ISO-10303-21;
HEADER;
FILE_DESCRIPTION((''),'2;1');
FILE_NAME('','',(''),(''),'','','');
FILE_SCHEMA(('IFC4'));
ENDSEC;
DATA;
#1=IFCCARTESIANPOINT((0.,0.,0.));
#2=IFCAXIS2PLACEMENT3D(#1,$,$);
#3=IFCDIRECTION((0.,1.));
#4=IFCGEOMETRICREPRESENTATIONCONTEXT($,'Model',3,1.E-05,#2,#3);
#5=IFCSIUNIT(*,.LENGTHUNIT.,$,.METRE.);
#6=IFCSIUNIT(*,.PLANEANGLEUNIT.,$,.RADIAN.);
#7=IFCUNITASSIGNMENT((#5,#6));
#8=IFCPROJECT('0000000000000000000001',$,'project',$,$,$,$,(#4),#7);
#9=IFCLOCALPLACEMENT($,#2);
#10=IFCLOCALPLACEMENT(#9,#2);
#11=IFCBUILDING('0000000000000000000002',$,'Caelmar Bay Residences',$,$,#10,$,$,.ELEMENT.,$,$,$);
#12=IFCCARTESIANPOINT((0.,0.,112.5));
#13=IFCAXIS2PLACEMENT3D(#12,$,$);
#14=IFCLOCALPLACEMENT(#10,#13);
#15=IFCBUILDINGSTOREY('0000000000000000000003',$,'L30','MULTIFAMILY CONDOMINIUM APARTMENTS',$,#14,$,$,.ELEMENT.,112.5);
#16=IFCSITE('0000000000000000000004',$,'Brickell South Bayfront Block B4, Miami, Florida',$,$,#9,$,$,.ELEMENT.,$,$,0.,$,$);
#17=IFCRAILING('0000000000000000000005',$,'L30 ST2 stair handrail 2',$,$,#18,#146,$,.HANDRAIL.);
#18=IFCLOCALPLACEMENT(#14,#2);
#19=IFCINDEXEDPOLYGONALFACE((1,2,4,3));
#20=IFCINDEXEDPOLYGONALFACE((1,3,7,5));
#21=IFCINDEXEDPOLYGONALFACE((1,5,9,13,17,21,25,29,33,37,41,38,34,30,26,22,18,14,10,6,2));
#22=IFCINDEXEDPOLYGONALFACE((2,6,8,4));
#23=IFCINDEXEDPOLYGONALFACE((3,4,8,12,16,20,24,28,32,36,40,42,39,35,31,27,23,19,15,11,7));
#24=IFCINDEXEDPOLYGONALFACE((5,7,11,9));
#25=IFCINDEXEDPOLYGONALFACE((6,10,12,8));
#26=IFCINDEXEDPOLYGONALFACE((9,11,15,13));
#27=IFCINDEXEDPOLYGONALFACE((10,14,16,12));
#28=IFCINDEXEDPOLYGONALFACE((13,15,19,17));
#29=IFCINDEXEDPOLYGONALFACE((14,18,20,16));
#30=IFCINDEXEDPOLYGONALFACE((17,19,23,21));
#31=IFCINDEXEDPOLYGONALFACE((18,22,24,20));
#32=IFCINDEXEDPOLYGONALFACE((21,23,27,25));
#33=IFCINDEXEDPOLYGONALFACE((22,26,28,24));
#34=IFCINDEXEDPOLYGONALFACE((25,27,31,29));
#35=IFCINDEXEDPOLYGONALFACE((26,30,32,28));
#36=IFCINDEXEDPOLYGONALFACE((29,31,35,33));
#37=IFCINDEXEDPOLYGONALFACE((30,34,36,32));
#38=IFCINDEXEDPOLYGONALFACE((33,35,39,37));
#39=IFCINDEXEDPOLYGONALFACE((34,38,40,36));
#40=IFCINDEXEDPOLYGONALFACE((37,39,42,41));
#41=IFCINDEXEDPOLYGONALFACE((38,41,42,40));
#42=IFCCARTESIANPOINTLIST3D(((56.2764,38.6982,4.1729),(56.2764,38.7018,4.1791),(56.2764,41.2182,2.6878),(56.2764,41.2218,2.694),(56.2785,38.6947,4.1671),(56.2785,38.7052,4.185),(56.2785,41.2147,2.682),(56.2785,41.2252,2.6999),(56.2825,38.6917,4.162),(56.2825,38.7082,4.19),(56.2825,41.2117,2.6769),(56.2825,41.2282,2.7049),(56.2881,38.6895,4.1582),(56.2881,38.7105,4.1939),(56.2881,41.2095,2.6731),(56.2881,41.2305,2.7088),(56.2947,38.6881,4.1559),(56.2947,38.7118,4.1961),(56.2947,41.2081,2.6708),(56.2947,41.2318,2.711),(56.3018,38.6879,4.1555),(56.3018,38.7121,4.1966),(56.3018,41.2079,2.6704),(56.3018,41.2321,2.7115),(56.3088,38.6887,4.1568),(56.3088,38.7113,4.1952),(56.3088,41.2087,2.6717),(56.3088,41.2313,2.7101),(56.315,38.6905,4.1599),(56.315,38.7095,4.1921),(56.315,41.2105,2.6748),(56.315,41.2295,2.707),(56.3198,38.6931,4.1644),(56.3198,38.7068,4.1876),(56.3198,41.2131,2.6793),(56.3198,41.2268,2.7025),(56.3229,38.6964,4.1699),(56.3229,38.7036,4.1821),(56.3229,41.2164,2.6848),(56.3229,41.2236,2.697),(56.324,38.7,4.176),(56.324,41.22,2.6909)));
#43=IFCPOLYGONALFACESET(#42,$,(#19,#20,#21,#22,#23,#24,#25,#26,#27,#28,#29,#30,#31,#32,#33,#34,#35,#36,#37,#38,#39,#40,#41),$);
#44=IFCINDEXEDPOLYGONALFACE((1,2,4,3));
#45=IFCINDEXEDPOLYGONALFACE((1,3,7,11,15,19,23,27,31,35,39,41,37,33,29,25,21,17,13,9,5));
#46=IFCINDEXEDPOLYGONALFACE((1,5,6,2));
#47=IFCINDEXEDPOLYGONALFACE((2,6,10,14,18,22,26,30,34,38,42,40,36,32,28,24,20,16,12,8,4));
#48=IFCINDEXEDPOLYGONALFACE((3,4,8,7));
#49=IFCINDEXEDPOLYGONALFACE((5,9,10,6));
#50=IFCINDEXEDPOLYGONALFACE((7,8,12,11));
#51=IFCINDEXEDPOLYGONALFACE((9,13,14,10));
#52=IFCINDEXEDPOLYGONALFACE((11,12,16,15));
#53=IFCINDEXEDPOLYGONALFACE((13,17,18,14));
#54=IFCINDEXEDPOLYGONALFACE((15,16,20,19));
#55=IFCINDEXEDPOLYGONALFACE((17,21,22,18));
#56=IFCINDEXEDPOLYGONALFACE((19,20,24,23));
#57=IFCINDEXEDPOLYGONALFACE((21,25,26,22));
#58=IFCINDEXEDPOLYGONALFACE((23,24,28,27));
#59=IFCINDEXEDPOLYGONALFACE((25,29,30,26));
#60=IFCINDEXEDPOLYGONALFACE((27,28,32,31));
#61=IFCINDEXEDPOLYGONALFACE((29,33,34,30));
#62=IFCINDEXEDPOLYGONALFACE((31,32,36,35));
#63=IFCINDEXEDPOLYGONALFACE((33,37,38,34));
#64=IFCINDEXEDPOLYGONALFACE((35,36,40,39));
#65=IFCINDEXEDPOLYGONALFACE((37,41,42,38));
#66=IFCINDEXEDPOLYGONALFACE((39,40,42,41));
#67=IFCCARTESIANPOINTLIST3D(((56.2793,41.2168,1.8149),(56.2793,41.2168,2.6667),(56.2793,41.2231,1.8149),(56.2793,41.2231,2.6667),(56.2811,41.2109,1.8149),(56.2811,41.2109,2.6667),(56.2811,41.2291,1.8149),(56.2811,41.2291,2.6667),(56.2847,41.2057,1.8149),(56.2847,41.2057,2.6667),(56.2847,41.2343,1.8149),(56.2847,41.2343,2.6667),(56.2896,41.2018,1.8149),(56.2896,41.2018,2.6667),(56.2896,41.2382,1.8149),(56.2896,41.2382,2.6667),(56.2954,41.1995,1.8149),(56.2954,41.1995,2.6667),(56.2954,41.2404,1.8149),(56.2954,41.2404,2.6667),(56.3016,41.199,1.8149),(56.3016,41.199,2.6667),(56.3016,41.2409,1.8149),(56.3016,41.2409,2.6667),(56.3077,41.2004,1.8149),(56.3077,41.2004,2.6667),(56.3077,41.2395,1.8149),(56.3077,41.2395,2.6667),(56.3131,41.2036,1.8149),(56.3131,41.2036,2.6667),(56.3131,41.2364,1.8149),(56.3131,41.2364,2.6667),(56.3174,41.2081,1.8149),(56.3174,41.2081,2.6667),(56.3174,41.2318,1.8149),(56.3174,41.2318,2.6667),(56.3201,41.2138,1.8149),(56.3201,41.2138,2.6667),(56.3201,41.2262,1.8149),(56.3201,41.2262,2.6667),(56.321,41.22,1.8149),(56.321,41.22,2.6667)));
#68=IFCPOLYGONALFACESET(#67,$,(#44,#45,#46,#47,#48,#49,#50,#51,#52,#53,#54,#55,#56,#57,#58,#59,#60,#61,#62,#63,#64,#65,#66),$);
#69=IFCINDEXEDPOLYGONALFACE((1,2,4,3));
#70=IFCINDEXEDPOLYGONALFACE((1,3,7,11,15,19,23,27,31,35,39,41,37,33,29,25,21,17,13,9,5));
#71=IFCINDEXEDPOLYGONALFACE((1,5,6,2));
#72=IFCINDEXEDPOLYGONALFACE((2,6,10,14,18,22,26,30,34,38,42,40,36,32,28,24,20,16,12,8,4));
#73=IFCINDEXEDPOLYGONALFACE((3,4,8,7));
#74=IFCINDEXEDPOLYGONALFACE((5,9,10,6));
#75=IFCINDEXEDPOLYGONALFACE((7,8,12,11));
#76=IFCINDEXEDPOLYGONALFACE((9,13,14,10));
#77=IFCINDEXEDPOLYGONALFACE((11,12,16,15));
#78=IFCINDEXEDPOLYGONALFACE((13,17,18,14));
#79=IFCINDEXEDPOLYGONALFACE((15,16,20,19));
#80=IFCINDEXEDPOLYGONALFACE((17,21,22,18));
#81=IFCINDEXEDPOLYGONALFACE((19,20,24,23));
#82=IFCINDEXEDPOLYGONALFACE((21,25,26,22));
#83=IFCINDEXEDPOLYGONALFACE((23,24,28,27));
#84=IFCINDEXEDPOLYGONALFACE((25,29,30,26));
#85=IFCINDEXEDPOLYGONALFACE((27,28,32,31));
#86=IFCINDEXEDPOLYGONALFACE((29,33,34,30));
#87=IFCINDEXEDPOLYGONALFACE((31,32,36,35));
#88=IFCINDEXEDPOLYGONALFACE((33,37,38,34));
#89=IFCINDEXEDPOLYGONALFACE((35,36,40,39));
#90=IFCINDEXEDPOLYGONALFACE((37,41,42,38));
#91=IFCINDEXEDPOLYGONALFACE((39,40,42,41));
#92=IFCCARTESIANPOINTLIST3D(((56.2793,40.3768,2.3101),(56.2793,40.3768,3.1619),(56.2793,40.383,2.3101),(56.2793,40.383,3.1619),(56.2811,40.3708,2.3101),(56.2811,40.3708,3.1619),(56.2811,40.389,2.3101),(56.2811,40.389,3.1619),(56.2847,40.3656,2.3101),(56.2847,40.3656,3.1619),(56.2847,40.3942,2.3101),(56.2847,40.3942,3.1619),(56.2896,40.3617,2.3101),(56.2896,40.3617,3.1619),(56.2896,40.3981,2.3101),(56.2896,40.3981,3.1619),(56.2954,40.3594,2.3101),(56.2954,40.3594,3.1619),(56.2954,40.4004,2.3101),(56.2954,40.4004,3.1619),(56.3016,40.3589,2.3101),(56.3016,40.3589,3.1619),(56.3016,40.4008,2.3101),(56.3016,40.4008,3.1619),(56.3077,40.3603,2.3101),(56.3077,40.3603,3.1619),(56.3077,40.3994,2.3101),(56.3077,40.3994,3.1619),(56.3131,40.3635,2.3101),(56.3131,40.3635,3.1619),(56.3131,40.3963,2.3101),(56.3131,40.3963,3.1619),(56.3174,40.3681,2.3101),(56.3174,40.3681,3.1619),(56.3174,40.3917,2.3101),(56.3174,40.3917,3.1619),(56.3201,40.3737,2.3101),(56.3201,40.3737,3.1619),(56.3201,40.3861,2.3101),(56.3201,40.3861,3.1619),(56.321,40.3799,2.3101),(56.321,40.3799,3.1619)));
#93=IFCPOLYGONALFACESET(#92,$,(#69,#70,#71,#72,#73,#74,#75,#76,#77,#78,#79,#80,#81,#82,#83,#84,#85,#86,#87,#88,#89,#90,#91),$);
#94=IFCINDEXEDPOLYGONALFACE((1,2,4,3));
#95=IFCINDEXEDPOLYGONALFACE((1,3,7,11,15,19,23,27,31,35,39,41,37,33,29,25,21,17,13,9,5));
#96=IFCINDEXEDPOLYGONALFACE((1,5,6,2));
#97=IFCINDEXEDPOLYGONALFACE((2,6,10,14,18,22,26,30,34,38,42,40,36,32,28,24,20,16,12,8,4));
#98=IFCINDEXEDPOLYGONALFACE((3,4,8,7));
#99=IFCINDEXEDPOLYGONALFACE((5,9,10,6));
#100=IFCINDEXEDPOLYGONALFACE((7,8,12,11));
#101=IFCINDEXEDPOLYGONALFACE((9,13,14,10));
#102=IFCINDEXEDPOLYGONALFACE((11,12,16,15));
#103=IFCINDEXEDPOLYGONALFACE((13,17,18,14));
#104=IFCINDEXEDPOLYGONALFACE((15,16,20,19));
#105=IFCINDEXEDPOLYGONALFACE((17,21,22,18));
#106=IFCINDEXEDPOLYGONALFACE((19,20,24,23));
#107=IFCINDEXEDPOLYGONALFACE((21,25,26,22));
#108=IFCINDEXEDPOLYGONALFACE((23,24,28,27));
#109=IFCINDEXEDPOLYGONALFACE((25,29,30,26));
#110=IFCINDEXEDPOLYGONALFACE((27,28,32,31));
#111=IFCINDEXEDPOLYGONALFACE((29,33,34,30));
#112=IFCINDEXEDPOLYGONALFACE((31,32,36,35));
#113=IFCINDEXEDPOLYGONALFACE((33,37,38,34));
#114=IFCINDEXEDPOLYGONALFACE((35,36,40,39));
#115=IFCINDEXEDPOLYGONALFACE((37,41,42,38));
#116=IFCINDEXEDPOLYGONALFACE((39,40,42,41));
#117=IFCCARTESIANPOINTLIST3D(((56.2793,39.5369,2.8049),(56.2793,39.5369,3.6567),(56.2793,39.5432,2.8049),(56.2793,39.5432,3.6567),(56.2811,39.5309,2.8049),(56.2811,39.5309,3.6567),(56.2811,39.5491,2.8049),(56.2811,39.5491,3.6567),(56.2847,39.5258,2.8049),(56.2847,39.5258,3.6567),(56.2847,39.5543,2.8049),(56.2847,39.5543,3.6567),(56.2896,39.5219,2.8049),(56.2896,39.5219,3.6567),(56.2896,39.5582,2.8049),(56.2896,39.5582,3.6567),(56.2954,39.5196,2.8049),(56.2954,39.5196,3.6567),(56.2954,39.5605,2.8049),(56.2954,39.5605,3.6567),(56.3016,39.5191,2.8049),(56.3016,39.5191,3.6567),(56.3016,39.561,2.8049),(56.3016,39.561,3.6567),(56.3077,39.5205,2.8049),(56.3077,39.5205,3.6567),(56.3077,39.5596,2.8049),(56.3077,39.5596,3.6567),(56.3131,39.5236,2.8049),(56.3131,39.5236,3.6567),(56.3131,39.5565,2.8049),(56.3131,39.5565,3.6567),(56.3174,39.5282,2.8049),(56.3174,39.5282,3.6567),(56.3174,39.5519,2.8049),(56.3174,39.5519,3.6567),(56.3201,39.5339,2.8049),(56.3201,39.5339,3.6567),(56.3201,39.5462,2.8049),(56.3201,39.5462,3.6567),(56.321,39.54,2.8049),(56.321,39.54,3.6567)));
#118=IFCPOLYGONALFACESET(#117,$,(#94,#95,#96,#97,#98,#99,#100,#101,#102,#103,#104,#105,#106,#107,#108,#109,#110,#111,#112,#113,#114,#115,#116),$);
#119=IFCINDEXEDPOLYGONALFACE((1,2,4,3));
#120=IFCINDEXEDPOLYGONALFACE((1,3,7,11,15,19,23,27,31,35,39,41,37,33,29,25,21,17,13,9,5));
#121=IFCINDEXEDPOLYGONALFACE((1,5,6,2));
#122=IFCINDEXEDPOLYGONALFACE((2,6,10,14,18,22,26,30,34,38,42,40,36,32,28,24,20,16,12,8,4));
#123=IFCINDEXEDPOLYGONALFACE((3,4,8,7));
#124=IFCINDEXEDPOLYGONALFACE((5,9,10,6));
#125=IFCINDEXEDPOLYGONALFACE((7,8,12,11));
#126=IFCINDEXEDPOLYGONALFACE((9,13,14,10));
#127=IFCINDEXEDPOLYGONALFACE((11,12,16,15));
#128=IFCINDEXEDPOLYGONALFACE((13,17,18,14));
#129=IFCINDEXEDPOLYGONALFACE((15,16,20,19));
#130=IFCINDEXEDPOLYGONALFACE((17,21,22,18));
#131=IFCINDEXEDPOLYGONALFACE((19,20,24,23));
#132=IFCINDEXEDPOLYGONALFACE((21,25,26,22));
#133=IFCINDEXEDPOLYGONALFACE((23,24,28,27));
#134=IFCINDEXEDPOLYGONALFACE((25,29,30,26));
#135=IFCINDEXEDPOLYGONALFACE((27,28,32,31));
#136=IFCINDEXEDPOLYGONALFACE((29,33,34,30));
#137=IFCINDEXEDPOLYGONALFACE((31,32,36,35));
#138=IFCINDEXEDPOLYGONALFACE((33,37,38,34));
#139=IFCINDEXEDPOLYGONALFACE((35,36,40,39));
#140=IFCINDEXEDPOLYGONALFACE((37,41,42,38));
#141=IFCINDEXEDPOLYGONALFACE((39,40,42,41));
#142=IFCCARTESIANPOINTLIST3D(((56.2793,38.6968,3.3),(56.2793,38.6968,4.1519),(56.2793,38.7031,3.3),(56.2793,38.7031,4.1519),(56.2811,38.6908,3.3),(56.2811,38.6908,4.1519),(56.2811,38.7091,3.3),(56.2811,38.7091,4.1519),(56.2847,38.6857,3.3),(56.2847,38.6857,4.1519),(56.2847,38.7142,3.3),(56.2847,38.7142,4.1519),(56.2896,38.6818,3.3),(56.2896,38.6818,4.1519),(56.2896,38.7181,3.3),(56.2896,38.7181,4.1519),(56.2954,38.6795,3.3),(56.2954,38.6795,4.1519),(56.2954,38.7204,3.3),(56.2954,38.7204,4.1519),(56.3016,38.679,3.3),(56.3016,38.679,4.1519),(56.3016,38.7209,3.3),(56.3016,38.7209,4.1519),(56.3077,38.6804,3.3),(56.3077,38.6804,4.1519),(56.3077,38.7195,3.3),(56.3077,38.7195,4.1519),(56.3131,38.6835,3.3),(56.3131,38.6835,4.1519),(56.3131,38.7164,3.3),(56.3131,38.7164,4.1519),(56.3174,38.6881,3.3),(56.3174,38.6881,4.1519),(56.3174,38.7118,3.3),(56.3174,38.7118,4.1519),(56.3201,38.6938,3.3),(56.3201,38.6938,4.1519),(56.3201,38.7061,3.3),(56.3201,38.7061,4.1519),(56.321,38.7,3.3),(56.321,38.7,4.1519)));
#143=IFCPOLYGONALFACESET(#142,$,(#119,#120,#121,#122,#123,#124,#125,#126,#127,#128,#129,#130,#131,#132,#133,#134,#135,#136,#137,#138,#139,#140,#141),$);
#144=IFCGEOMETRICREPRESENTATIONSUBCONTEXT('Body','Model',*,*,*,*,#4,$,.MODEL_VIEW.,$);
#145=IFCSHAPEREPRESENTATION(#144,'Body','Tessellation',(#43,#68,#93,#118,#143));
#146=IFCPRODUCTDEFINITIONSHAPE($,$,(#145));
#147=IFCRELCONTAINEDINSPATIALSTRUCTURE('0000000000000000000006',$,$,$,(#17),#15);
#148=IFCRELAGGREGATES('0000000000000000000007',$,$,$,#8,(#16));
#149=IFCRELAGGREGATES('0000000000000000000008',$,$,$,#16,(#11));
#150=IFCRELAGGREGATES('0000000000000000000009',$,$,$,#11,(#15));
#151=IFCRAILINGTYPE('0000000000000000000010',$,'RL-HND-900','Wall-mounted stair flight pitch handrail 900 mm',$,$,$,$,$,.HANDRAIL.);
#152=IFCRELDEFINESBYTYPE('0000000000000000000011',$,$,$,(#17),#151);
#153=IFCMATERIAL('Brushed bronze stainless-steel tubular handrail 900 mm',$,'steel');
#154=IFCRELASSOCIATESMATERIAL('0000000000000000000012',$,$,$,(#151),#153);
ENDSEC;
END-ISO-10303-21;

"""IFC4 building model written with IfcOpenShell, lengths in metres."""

from ifc_helpers import new_model, si_unit, direction, frame, origin, origin_2d, place, context, subcontext, project, spatial, circle, extrude, material, type_object, element, save


model = new_model("IFC4")

# Units and contexts
model_context = context("Model", 3, precision=1e-05, world=origin(), true_north=direction((0.0, 1.0)))
body_context = subcontext(model_context, "Body", "Model", "MODEL_VIEW")
ifc_project = project(units=[si_unit("LENGTHUNIT", "METRE"), si_unit("PLANEANGLEUNIT", "RADIAN")], contexts=[model_context])

# Site, building, storey
site_placement = place(None, origin())
site = spatial("IfcSite", under=ifc_project, at=site_placement, Name="Brickell South Bayfront Block B4, Miami, Florida", CompositionType="ELEMENT", RefElevation=0.0)
building_placement = place(site_placement, origin())
building = spatial("IfcBuilding", under=site, at=building_placement, Name="Caelmar Bay Residences", CompositionType="ELEMENT")
storey_placement = place(building_placement, frame((0.0, 0.0, 112.5)))
storey = spatial("IfcBuildingStorey", under=building, at=storey_placement, Name="L30", Description="MULTIFAMILY CONDOMINIUM APARTMENTS", CompositionType="ELEMENT", Elevation=112.5)

# Railing
ifc_material_1 = material(Name="Brushed bronze stainless-steel tubular handrail 900 mm", Category="steel")
railing_type = type_object("IfcRailingType", Name="RL-HND-900", Description="Wall-mounted stair flight pitch handrail 900 mm", PredefinedType="HANDRAIL", material=ifc_material_1)
railing_placement = place(storey_placement, frame((56.3, 41.22, 1.8149)))
element("IfcRailing", 1, at=railing_placement, inside=storey, type_object=railing_type, Name="L30 ST2 stair handrail 2", PredefinedType="HANDRAIL", context=body_context, shape_type="SweptSolid", body=[
    extrude(circle(Radius=0.0239, at=origin_2d()), frame((0.0, 0.0, 0.876), z_axis=(0.0, -0.861524, 0.507717), x_axis=(1.0, 0.0, 0.0)), (0.0, 0.0, 1.0), 2.925),
    extrude(circle(Radius=0.021, at=origin_2d()), origin(), (0.0, 0.0, 1.0), 0.8518),
    extrude(circle(Radius=0.021, at=origin_2d()), frame((0.0, -0.8401, 0.4951)), (0.0, 0.0, 1.0), 0.8518),
    extrude(circle(Radius=0.021, at=origin_2d()), frame((0.0, -1.6799, 0.99)), (0.0, 0.0, 1.0), 0.8518),
    extrude(circle(Radius=0.021, at=origin_2d()), frame((0.0, -2.52, 1.4851)), (0.0, 0.0, 1.0), 0.8518),
])

save(model, "model.ifc")
